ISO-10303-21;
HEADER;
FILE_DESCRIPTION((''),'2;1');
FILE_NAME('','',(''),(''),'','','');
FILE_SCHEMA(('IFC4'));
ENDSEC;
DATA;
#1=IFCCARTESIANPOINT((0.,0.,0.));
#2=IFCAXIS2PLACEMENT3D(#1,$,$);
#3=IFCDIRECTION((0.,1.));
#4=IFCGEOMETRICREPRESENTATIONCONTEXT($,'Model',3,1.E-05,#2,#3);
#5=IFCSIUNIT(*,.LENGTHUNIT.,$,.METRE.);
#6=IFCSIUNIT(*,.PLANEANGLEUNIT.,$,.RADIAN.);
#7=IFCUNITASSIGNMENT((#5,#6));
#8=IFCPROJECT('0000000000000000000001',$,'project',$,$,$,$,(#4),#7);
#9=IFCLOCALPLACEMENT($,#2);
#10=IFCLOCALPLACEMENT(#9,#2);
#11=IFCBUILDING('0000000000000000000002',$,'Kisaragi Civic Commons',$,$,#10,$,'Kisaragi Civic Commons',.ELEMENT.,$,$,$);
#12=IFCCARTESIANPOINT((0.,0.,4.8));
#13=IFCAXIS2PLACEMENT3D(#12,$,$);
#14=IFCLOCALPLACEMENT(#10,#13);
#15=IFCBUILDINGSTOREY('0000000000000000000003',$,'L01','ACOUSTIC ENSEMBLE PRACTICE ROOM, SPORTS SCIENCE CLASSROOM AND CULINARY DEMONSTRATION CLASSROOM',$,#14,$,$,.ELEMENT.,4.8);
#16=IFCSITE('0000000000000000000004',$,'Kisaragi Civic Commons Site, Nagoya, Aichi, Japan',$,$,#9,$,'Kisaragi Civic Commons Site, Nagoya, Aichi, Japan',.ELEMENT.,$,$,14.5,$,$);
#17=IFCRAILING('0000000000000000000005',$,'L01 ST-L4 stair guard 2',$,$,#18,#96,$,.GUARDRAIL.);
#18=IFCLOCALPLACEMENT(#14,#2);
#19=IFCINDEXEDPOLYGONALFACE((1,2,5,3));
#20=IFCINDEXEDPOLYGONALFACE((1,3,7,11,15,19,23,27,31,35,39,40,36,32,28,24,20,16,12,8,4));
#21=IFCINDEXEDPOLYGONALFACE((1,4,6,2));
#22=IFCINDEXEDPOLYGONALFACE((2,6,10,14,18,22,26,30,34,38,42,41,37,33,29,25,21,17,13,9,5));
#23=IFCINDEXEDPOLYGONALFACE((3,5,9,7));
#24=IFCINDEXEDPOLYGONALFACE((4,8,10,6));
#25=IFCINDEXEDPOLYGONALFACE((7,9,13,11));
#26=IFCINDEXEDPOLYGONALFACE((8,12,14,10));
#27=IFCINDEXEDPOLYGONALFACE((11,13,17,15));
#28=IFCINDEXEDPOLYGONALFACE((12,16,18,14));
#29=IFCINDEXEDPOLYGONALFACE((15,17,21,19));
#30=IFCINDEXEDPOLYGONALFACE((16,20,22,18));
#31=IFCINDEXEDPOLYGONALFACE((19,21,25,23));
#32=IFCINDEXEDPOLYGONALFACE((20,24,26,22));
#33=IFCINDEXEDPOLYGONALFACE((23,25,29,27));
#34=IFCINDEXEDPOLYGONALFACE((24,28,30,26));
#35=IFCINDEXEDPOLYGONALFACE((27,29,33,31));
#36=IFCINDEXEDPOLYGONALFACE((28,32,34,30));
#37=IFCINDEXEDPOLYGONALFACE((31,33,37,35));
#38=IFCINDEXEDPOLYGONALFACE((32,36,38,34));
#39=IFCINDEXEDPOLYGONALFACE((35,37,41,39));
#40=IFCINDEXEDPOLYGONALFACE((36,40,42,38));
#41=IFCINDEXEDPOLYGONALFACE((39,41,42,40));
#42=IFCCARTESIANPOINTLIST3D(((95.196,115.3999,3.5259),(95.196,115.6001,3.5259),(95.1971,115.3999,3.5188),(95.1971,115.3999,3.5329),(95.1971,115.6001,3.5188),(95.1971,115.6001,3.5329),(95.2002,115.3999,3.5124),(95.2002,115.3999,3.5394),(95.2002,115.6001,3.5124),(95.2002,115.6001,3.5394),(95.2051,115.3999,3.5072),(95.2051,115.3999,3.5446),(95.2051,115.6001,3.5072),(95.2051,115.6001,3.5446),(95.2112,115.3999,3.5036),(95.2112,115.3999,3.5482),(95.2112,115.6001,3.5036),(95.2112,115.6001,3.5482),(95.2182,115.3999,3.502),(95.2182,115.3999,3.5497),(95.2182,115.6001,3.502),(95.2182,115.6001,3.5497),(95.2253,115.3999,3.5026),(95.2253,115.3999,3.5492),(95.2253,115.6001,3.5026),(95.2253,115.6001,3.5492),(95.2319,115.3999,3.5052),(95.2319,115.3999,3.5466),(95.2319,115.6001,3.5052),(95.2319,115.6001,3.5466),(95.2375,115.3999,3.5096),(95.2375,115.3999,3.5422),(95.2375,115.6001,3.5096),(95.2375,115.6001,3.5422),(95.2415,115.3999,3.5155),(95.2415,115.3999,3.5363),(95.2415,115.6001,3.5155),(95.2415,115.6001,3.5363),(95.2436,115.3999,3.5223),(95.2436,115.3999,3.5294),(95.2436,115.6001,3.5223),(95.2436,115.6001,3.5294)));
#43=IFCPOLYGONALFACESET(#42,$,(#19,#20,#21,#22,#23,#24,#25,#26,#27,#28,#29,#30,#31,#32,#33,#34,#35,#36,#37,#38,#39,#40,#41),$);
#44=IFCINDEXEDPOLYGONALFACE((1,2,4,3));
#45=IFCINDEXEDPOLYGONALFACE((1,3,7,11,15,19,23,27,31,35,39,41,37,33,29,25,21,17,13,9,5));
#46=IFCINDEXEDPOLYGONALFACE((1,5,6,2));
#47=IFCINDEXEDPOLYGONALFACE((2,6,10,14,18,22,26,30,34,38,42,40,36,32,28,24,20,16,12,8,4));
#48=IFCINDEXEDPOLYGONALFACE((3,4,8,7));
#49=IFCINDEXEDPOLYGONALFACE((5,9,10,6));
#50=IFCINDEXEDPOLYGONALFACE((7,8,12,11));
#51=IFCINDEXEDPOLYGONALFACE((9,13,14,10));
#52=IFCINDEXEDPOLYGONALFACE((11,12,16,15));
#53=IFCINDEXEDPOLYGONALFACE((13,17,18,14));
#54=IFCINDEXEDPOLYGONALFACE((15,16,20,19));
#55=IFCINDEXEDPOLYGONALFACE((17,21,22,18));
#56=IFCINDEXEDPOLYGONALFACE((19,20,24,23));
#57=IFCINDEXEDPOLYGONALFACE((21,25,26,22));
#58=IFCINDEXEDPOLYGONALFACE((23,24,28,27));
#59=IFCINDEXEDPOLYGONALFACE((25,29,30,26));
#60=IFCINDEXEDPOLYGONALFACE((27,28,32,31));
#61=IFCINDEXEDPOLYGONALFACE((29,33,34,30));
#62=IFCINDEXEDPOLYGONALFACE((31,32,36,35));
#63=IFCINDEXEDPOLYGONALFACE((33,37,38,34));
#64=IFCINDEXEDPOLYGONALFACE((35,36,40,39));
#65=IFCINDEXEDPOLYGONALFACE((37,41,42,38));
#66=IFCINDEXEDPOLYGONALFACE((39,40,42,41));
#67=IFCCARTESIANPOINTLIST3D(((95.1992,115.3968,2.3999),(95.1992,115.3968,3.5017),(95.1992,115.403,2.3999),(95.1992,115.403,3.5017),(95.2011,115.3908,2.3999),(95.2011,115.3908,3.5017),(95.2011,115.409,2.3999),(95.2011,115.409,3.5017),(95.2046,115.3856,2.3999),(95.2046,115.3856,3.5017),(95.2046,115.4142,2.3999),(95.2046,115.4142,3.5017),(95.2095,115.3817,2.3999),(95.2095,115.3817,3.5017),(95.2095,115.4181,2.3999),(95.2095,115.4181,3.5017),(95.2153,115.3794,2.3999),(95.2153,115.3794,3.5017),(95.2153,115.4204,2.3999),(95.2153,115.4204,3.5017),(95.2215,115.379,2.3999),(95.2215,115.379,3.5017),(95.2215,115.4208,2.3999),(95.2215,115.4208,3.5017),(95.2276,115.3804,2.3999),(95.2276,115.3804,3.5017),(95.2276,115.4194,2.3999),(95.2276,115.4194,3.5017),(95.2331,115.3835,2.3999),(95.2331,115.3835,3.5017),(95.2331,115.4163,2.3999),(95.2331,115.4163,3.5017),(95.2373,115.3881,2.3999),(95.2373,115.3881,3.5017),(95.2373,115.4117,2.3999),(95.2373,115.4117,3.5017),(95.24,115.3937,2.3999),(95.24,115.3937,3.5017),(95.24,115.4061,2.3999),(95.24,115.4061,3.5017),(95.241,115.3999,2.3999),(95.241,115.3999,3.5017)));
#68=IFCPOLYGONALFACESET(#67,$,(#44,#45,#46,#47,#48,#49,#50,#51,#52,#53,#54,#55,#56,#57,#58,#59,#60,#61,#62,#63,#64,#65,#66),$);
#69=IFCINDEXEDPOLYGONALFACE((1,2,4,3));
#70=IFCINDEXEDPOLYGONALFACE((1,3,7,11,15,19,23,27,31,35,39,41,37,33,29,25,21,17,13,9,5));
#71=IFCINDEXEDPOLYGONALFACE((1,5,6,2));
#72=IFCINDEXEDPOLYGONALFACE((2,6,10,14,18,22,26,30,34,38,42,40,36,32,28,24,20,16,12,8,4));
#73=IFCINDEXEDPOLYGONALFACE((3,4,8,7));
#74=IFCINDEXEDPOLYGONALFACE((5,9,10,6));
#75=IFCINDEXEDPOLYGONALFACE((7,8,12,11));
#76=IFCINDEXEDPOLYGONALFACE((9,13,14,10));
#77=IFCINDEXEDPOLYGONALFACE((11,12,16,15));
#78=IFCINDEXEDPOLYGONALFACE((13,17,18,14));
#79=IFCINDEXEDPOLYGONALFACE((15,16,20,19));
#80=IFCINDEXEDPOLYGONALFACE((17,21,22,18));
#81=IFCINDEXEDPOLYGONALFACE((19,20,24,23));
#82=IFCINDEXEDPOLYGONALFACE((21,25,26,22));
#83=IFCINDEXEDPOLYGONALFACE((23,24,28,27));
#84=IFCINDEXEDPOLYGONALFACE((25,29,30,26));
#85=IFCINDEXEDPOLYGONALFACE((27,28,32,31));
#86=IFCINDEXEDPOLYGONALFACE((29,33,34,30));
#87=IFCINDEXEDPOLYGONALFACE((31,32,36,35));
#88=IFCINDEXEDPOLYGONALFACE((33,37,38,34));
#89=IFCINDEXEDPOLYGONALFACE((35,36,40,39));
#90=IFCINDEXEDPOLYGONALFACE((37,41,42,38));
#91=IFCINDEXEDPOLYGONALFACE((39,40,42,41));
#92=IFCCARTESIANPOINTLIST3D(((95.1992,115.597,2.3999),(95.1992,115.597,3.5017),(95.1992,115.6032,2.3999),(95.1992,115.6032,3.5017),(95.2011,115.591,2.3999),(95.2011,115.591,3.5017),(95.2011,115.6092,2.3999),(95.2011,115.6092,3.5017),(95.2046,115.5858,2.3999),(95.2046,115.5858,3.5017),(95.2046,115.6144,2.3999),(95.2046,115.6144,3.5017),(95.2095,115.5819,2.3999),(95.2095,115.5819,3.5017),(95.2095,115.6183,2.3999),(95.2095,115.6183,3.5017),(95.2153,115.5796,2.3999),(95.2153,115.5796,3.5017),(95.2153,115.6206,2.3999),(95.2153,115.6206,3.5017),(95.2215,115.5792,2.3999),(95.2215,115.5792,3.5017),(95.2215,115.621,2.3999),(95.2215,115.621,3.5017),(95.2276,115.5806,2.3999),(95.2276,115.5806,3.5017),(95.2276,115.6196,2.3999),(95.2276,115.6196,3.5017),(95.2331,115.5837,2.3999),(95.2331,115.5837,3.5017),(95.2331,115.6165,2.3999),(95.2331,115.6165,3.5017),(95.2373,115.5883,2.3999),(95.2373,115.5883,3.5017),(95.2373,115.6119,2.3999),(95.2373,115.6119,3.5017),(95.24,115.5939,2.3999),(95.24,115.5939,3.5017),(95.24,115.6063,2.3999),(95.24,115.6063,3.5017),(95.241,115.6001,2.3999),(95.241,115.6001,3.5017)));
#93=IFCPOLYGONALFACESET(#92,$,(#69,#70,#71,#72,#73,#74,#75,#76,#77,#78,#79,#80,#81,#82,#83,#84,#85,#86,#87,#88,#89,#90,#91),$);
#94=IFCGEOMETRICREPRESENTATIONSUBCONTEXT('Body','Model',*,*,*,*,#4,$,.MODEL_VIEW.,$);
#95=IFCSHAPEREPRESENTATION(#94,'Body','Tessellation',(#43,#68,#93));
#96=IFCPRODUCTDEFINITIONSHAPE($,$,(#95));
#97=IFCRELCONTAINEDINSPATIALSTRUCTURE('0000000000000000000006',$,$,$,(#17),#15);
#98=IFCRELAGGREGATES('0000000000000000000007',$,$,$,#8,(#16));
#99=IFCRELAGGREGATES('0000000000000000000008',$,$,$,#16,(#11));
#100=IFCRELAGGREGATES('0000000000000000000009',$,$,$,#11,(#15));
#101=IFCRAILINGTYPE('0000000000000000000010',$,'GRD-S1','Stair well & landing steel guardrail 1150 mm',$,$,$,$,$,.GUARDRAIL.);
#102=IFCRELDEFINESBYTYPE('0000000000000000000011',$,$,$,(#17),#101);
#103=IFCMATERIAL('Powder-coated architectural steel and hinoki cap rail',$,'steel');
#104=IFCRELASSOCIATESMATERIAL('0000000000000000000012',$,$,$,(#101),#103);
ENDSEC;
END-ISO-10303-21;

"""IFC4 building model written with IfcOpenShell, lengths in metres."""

from ifc_helpers import new_model, si_unit, direction, frame, origin, origin_2d, place, context, subcontext, project, spatial, circle, extrude, material, type_object, element, save


model = new_model("IFC4")

# Units and contexts
model_context = context("Model", 3, precision=1e-05, world=origin(), true_north=direction((0.0, 1.0)))
body_context = subcontext(model_context, "Body", "Model", "MODEL_VIEW")
ifc_project = project(units=[si_unit("LENGTHUNIT", "METRE"), si_unit("PLANEANGLEUNIT", "RADIAN")], contexts=[model_context])

# Site, building, storey
site_placement = place(None, origin())
site = spatial("IfcSite", under=ifc_project, at=site_placement, Name="Kisaragi Civic Commons Site, Nagoya, Aichi, Japan", LongName="Kisaragi Civic Commons Site, Nagoya, Aichi, Japan", CompositionType="ELEMENT", RefElevation=14.5)
building_placement = place(site_placement, origin())
building = spatial("IfcBuilding", under=site, at=building_placement, Name="Kisaragi Civic Commons", LongName="Kisaragi Civic Commons", CompositionType="ELEMENT")
storey_placement = place(building_placement, frame((0.0, 0.0, 4.8)))
storey = spatial("IfcBuildingStorey", under=building, at=storey_placement, Name="L01", Description="ACOUSTIC ENSEMBLE PRACTICE ROOM, SPORTS SCIENCE CLASSROOM AND CULINARY DEMONSTRATION CLASSROOM", CompositionType="ELEMENT", Elevation=4.8)

# Railing
ifc_material_1 = material(Name="Powder-coated architectural steel and hinoki cap rail", Category="steel")
railing_type_1 = type_object("IfcRailingType", Name="GRD-S1", Description="Stair well & landing steel guardrail 1150 mm", PredefinedType="GUARDRAIL", material=ifc_material_1)
railing_1_placement = place(storey_placement, frame((95.22, 115.3999, 2.3999)))
element("IfcRailing", 1, at=railing_1_placement, inside=storey, type_object=railing_type_1, Name="L01 ST-L4 stair guard 2", PredefinedType="GUARDRAIL", context=body_context, shape_type="SweptSolid", body=[
    extrude(circle(Radius=0.0239, at=origin_2d()), frame((0.0, 0.0, 1.126), z_axis=(0.0, 1.0, 0.0), x_axis=(-1.0, 0.0, 0.0)), (0.0, 0.0, 1.0), 0.2002),
    extrude(circle(Radius=0.021, at=origin_2d()), origin(), (0.0, 0.0, 1.0), 1.1018),
    extrude(circle(Radius=0.021, at=origin_2d()), frame((0.0, 0.2002, 0.0)), (0.0, 0.0, 1.0), 1.1018),
])

save(model, "model.ifc")
